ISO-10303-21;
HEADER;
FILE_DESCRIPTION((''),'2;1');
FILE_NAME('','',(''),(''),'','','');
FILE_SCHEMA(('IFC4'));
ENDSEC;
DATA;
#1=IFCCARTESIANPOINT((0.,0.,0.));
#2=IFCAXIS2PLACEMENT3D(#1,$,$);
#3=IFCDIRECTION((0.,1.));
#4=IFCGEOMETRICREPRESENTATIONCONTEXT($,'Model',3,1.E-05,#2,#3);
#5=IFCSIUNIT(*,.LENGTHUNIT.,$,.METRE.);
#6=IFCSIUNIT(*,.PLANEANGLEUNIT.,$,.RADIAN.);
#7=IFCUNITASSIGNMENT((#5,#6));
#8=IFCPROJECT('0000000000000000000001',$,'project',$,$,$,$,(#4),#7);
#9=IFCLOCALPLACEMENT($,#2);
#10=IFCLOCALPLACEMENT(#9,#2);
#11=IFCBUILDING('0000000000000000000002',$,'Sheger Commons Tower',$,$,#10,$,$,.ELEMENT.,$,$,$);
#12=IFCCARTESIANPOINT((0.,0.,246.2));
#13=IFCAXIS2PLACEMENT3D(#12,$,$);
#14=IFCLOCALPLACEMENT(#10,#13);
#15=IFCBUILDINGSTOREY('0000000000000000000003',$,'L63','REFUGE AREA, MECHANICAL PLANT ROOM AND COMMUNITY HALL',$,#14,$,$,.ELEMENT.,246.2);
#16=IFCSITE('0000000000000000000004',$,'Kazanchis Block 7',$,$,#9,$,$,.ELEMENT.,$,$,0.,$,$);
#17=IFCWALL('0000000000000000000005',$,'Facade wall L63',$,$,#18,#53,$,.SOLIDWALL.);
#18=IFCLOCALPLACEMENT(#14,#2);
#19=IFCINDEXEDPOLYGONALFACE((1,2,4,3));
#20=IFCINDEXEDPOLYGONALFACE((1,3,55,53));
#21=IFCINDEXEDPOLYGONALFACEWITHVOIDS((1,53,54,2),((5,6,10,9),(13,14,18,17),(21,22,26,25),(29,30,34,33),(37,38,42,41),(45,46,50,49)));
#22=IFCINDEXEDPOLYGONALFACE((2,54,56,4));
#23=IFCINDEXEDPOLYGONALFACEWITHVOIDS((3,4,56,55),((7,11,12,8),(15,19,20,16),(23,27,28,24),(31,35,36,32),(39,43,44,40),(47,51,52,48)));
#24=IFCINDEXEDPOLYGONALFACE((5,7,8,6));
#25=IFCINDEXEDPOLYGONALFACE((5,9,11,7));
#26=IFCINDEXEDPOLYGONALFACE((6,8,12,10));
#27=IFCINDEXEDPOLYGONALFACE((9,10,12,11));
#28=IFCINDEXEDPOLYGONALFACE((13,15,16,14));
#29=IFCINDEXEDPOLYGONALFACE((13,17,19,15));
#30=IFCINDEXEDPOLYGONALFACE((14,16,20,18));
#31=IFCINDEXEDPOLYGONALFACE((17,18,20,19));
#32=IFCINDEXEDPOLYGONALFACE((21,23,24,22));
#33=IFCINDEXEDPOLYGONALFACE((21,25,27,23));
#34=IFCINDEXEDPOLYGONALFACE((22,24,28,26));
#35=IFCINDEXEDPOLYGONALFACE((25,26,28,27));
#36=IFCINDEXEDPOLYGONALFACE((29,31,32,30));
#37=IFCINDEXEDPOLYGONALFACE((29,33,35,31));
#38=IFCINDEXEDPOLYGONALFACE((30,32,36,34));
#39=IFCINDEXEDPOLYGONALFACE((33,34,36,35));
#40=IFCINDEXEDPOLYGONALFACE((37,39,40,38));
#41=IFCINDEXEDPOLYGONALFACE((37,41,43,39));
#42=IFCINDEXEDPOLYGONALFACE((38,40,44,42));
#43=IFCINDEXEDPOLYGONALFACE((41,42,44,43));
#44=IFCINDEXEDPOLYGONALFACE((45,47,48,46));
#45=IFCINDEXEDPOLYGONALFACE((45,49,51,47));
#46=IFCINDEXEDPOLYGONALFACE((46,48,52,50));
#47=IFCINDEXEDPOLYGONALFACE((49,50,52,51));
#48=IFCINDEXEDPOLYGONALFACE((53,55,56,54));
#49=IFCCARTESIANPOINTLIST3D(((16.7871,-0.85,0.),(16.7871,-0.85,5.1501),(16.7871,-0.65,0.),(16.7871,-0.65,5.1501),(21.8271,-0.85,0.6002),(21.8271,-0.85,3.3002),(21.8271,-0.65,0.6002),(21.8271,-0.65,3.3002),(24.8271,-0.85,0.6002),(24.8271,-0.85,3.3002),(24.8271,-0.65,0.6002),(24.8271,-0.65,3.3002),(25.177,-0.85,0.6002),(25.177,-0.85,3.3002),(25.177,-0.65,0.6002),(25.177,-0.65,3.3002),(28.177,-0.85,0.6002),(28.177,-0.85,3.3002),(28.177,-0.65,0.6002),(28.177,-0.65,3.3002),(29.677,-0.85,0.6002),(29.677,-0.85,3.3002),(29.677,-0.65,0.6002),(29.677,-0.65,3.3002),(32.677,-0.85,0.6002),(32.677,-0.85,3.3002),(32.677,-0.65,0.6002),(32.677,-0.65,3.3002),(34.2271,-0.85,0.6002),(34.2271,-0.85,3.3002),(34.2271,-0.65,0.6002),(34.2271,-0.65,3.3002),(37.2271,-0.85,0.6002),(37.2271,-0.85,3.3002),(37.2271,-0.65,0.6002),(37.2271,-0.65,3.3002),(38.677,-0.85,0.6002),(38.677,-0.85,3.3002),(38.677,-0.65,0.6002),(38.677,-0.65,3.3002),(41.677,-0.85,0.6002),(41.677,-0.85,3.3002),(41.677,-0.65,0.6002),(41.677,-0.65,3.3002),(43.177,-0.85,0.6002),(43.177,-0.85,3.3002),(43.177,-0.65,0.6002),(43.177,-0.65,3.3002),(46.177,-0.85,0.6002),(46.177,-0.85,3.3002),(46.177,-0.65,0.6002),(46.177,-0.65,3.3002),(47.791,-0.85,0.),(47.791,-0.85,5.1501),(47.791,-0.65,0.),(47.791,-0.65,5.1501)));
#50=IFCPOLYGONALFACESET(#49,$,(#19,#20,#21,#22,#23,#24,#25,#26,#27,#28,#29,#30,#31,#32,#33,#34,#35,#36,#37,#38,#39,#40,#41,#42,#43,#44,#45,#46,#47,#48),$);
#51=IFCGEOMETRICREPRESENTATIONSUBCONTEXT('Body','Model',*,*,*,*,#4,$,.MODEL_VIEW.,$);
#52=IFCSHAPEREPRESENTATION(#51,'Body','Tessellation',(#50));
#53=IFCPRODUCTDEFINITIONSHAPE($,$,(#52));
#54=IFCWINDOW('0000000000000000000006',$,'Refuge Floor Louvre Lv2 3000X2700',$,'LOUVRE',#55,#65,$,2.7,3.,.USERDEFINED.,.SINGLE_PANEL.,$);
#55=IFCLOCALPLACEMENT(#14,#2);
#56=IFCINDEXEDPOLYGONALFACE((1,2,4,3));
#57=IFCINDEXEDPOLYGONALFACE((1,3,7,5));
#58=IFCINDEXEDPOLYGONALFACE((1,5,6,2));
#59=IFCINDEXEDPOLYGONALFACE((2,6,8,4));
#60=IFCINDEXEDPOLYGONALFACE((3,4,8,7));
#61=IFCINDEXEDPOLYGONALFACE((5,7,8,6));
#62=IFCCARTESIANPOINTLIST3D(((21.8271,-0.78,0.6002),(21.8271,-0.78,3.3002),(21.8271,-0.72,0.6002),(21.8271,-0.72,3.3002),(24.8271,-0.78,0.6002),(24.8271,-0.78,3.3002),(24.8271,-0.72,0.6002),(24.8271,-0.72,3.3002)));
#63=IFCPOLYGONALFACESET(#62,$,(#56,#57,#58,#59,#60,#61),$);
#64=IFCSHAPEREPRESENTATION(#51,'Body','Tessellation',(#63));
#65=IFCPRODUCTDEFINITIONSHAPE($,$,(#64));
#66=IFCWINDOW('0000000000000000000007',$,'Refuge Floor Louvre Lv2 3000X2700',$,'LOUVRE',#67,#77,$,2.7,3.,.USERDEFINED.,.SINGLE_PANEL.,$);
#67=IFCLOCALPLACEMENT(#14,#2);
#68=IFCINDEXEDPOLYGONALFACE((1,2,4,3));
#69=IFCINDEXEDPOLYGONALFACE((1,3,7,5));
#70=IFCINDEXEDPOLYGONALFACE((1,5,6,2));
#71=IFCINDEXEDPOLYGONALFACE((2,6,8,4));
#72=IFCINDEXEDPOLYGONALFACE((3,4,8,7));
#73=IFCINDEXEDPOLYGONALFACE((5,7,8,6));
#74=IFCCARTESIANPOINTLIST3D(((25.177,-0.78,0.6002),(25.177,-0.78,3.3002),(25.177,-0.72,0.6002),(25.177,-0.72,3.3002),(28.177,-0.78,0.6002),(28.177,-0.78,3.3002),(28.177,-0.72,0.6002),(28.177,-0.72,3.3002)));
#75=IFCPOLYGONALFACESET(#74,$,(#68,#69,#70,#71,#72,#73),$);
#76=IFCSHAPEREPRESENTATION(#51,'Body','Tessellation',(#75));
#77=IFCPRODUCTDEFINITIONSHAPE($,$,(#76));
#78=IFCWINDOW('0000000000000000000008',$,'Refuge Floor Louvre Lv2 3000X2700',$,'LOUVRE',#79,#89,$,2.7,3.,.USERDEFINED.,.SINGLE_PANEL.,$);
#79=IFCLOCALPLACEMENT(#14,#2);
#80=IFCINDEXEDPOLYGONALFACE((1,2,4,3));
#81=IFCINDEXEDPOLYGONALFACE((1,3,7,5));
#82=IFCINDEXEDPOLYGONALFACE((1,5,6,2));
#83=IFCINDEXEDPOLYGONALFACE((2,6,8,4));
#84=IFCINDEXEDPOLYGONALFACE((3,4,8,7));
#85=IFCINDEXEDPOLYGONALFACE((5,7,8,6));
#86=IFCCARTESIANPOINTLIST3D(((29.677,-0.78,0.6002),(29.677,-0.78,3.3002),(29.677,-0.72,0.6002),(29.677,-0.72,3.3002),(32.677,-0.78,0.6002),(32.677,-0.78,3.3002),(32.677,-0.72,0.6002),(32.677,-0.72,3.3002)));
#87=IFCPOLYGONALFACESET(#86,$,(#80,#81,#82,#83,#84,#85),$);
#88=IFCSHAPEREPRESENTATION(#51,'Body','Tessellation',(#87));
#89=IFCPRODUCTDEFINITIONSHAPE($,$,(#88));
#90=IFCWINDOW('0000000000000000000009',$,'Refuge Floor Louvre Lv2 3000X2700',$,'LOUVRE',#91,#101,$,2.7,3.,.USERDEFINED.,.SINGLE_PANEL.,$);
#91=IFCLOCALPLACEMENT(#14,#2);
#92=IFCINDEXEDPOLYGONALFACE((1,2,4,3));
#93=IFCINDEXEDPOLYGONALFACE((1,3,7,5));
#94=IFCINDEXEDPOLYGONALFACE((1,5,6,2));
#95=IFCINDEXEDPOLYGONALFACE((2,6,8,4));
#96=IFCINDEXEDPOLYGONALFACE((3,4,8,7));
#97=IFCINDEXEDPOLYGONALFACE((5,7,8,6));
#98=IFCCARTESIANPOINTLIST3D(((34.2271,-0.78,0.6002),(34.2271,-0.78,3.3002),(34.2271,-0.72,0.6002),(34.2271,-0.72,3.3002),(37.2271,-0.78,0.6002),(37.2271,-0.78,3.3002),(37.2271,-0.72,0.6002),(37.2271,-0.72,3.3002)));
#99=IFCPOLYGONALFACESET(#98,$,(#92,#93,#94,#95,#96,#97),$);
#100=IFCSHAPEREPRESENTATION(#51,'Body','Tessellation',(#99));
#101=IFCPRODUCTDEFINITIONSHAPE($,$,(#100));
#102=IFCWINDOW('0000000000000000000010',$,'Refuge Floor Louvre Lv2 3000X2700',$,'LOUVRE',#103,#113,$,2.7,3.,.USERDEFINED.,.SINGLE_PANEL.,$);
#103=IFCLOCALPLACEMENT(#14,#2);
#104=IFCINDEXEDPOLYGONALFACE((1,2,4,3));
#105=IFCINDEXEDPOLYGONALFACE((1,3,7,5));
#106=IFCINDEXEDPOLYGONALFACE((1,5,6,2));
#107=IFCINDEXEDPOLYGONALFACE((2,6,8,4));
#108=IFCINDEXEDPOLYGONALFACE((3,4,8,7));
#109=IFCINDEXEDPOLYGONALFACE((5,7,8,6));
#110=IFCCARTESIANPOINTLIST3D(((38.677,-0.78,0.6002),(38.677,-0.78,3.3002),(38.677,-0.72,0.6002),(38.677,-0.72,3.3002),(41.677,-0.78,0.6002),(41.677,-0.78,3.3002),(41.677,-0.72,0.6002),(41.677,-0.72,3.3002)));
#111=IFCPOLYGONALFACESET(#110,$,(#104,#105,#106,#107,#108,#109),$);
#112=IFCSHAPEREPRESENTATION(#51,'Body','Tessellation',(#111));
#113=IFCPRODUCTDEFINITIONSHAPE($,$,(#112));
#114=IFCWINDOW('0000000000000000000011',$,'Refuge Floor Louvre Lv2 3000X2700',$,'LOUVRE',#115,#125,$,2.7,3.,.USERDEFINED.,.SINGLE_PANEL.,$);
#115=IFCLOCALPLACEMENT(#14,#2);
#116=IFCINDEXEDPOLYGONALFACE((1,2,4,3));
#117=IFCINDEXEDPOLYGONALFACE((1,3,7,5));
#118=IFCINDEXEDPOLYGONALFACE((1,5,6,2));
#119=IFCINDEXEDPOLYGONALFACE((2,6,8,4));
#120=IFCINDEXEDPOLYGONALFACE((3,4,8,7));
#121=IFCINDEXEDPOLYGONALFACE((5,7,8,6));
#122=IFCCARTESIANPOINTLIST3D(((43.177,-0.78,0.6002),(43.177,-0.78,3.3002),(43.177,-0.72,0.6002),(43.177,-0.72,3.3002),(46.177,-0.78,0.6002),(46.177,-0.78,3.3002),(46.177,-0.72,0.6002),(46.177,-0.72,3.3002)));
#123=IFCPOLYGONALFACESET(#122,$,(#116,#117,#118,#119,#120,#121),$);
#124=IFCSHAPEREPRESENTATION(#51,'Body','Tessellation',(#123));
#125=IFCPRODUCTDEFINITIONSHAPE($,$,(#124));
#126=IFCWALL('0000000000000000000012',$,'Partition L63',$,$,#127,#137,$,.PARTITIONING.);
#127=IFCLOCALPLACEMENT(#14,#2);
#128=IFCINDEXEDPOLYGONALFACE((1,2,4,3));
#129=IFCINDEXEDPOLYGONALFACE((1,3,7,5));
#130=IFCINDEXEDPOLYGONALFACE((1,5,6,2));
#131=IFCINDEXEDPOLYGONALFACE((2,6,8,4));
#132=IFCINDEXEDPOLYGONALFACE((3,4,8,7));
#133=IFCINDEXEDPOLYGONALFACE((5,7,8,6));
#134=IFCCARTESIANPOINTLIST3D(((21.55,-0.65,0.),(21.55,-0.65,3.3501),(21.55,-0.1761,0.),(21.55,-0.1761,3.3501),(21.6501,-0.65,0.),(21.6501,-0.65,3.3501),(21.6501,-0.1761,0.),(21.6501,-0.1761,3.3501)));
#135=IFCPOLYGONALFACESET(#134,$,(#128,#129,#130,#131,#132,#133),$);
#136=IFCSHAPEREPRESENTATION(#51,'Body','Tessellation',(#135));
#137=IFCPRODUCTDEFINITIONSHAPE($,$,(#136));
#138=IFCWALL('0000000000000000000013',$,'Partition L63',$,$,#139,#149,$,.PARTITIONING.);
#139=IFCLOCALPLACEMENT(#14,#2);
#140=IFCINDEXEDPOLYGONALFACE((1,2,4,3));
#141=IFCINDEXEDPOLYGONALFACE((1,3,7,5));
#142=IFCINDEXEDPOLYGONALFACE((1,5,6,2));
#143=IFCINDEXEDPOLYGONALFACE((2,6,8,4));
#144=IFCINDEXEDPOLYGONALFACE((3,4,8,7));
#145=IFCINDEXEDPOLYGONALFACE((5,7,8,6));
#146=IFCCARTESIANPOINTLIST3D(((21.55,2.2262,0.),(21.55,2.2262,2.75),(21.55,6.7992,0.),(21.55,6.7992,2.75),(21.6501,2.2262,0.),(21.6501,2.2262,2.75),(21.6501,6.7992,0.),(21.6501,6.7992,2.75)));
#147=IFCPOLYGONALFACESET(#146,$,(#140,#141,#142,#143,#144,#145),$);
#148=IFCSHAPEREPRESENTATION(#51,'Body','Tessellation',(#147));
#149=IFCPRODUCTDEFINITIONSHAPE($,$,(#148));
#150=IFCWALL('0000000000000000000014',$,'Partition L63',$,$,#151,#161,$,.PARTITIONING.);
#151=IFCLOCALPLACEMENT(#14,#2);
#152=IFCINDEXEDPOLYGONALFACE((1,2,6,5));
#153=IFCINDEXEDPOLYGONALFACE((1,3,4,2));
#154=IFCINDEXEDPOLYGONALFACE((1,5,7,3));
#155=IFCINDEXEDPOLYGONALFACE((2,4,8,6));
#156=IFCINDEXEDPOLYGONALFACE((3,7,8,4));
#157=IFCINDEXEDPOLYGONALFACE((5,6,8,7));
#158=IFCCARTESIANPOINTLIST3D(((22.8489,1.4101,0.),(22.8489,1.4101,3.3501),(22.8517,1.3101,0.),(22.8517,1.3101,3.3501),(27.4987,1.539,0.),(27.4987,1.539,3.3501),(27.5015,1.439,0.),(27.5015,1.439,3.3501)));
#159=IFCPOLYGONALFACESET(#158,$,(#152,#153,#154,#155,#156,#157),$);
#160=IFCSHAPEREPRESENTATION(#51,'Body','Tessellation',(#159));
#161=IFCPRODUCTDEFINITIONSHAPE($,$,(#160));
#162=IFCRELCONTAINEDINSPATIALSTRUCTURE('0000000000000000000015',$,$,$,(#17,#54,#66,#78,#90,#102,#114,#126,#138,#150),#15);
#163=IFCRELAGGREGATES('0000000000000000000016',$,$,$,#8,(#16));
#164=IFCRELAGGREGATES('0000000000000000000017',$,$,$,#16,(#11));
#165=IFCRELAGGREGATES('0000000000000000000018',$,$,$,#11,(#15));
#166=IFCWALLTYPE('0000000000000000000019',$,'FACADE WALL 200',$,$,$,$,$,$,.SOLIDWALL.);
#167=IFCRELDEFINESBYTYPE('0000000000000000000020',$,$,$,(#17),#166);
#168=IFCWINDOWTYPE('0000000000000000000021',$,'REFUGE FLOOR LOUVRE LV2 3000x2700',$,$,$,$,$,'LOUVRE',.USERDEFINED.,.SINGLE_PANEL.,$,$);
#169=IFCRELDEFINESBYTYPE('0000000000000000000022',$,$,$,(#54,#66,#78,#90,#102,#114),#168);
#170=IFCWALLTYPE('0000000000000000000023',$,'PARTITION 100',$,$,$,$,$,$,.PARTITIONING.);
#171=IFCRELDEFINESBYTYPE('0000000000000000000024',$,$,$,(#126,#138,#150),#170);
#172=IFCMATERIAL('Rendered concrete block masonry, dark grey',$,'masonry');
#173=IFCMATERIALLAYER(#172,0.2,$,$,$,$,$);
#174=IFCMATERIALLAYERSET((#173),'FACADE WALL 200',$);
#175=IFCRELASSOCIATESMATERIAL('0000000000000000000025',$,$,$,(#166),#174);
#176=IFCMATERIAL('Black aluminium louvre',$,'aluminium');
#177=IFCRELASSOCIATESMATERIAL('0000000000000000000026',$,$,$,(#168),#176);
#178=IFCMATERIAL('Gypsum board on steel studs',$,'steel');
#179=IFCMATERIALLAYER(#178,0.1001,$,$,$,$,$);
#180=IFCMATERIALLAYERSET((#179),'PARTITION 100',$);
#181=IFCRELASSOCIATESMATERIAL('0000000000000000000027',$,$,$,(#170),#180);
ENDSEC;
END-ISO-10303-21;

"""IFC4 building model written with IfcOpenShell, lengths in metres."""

from ifc_helpers import new_model, si_unit, direction, frame, frame_2d, origin, place, context, subcontext, project, spatial, rectangle, extrude, material, layer, layer_set, type_object, element, fill, save


model = new_model("IFC4")

# Units and contexts
model_context = context("Model", 3, precision=1e-05, world=origin(), true_north=direction((0.0, 1.0)))
body_context = subcontext(model_context, "Body", "Model", "MODEL_VIEW")
ifc_project = project(units=[si_unit("LENGTHUNIT", "METRE"), si_unit("PLANEANGLEUNIT", "RADIAN")], contexts=[model_context])

# Site, building, storey
site_placement = place(None, origin())
site = spatial("IfcSite", under=ifc_project, at=site_placement, Name="Kazanchis Block 7", CompositionType="ELEMENT", RefElevation=0.0)
building_placement = place(site_placement, origin())
building = spatial("IfcBuilding", under=site, at=building_placement, Name="Sheger Commons Tower", CompositionType="ELEMENT")
storey_placement = place(building_placement, frame((0.0, 0.0, 246.2)))
storey = spatial("IfcBuildingStorey", under=building, at=storey_placement, Name="L63", Description="REFUGE AREA, MECHANICAL PLANT ROOM AND COMMUNITY HALL", CompositionType="ELEMENT", Elevation=246.2)

# Shared definitions
ifc_material_1 = material(Name="Rendered concrete block masonry, dark grey", Category="masonry")
ifc_layer_1 = layer(ifc_material_1, 0.2)
ifc_layer_set_1 = layer_set([ifc_layer_1], Name="FACADE WALL 200")
wall_type_1 = type_object("IfcWallType", Name="FACADE WALL 200", PredefinedType="SOLIDWALL", material=ifc_layer_set_1)

# Wall, openings, windows
wall_1_placement = place(storey_placement, frame((16.7871, -0.75, 0.0), z_axis=(0.0, 0.0, 1.0), x_axis=(1.0, 0.0, 0.0)))
wall_1 = element("IfcWall", 1, at=wall_1_placement, inside=storey, type_object=wall_type_1, Name="Facade wall L63", PredefinedType="SOLIDWALL", context=body_context, shape_type="SweptSolid", body=[
    extrude(rectangle(XDim=31.0039, YDim=0.2, at=frame_2d((15.502, 0.0))), origin(), (0.0, 0.0, 1.0), 5.1501),
])
opening_1_placement = place(wall_1_placement, frame((5.04, 0.0, 0.6001)))
opening_1 = element("IfcOpeningElement", 2, at=opening_1_placement, cuts=wall_1, PredefinedType="OPENING", context=body_context, shape_type="SweptSolid", body=[
    extrude(rectangle(XDim=3.0, YDim=2.7, at=frame_2d((1.5, 1.3501))), frame((0.0, 0.1099, 0.0), z_axis=(0.0, -1.0, 0.0), x_axis=(1.0, 0.0, 0.0)), (0.0, 0.0, 1.0), 0.22),
])
opening_2_placement = place(wall_1_placement, frame((8.3899, 0.0, 0.6001)))
opening_2 = element("IfcOpeningElement", 3, at=opening_2_placement, cuts=wall_1, PredefinedType="OPENING", context=body_context, shape_type="SweptSolid", body=[
    extrude(rectangle(XDim=3.0, YDim=2.7, at=frame_2d((1.5, 1.3501))), frame((0.0, 0.1099, 0.0), z_axis=(0.0, -1.0, 0.0), x_axis=(1.0, 0.0, 0.0)), (0.0, 0.0, 1.0), 0.22),
])
opening_3_placement = place(wall_1_placement, frame((12.8899, 0.0, 0.6001)))
opening_3 = element("IfcOpeningElement", 4, at=opening_3_placement, cuts=wall_1, PredefinedType="OPENING", context=body_context, shape_type="SweptSolid", body=[
    extrude(rectangle(XDim=3.0, YDim=2.7, at=frame_2d((1.5, 1.3501))), frame((0.0, 0.1099, 0.0), z_axis=(0.0, -1.0, 0.0), x_axis=(1.0, 0.0, 0.0)), (0.0, 0.0, 1.0), 0.22),
])
opening_4_placement = place(wall_1_placement, frame((17.4399, 0.0, 0.6001)))
opening_4 = element("IfcOpeningElement", 5, at=opening_4_placement, cuts=wall_1, PredefinedType="OPENING", context=body_context, shape_type="SweptSolid", body=[
    extrude(rectangle(XDim=3.0, YDim=2.7, at=frame_2d((1.5, 1.3501))), frame((0.0, 0.1099, 0.0), z_axis=(0.0, -1.0, 0.0), x_axis=(1.0, 0.0, 0.0)), (0.0, 0.0, 1.0), 0.22),
])
opening_5_placement = place(wall_1_placement, frame((21.8899, 0.0, 0.6001)))
opening_5 = element("IfcOpeningElement", 6, at=opening_5_placement, cuts=wall_1, PredefinedType="OPENING", context=body_context, shape_type="SweptSolid", body=[
    extrude(rectangle(XDim=3.0, YDim=2.7, at=frame_2d((1.5, 1.3501))), frame((0.0, 0.1099, 0.0), z_axis=(0.0, -1.0, 0.0), x_axis=(1.0, 0.0, 0.0)), (0.0, 0.0, 1.0), 0.22),
])
opening_6_placement = place(wall_1_placement, frame((26.3899, 0.0, 0.6001)))
opening_6 = element("IfcOpeningElement", 7, at=opening_6_placement, cuts=wall_1, PredefinedType="OPENING", context=body_context, shape_type="SweptSolid", body=[
    extrude(rectangle(XDim=3.0, YDim=2.7, at=frame_2d((1.5, 1.3501))), frame((0.0, 0.1099, 0.0), z_axis=(0.0, -1.0, 0.0), x_axis=(1.0, 0.0, 0.0)), (0.0, 0.0, 1.0), 0.22),
])
ifc_material_2 = material(Name="Black aluminium louvre", Category="aluminium")
window_type = type_object("IfcWindowType", Name="REFUGE FLOOR LOUVRE LV2 3000x2700", ElementType="LOUVRE", PartitioningType="SINGLE_PANEL", PredefinedType="USERDEFINED", material=ifc_material_2)
window_1_placement = place(opening_1_placement, origin())
window_1 = element("IfcWindow", 8, at=window_1_placement, inside=storey, type_object=window_type, Name="Refuge Floor Louvre Lv2 3000X2700", ObjectType="LOUVRE", OverallHeight=2.7, OverallWidth=3.0, PartitioningType="SINGLE_PANEL", PredefinedType="USERDEFINED", context=body_context, shape_type="SweptSolid", body=[
    extrude(rectangle(XDim=3.0, YDim=2.7, at=frame_2d((1.5, 1.3501))), frame((0.0, 0.03, 0.0), z_axis=(0.0, -1.0, 0.0), x_axis=(1.0, 0.0, 0.0)), (0.0, 0.0, 1.0), 0.0601),
])
fill(opening_1, window_1)
window_2_placement = place(opening_2_placement, origin())
window_2 = element("IfcWindow", 9, at=window_2_placement, inside=storey, type_object=window_type, Name="Refuge Floor Louvre Lv2 3000X2700", ObjectType="LOUVRE", OverallHeight=2.7, OverallWidth=3.0, PartitioningType="SINGLE_PANEL", PredefinedType="USERDEFINED", context=body_context, shape_type="SweptSolid", body=[
    extrude(rectangle(XDim=3.0, YDim=2.7, at=frame_2d((1.5, 1.3501))), frame((0.0, 0.03, 0.0), z_axis=(0.0, -1.0, 0.0), x_axis=(1.0, 0.0, 0.0)), (0.0, 0.0, 1.0), 0.0601),
])
fill(opening_2, window_2)
window_3_placement = place(opening_3_placement, origin())
window_3 = element("IfcWindow", 10, at=window_3_placement, inside=storey, type_object=window_type, Name="Refuge Floor Louvre Lv2 3000X2700", ObjectType="LOUVRE", OverallHeight=2.7, OverallWidth=3.0, PartitioningType="SINGLE_PANEL", PredefinedType="USERDEFINED", context=body_context, shape_type="SweptSolid", body=[
    extrude(rectangle(XDim=3.0, YDim=2.7, at=frame_2d((1.5, 1.3501))), frame((0.0, 0.03, 0.0), z_axis=(0.0, -1.0, 0.0), x_axis=(1.0, 0.0, 0.0)), (0.0, 0.0, 1.0), 0.0601),
])
fill(opening_3, window_3)
window_4_placement = place(opening_4_placement, origin())
window_4 = element("IfcWindow", 11, at=window_4_placement, inside=storey, type_object=window_type, Name="Refuge Floor Louvre Lv2 3000X2700", ObjectType="LOUVRE", OverallHeight=2.7, OverallWidth=3.0, PartitioningType="SINGLE_PANEL", PredefinedType="USERDEFINED", context=body_context, shape_type="SweptSolid", body=[
    extrude(rectangle(XDim=3.0, YDim=2.7, at=frame_2d((1.5, 1.3501))), frame((0.0, 0.03, 0.0), z_axis=(0.0, -1.0, 0.0), x_axis=(1.0, 0.0, 0.0)), (0.0, 0.0, 1.0), 0.0601),
])
fill(opening_4, window_4)
window_5_placement = place(opening_5_placement, origin())
window_5 = element("IfcWindow", 12, at=window_5_placement, inside=storey, type_object=window_type, Name="Refuge Floor Louvre Lv2 3000X2700", ObjectType="LOUVRE", OverallHeight=2.7, OverallWidth=3.0, PartitioningType="SINGLE_PANEL", PredefinedType="USERDEFINED", context=body_context, shape_type="SweptSolid", body=[
    extrude(rectangle(XDim=3.0, YDim=2.7, at=frame_2d((1.5, 1.3501))), frame((0.0, 0.03, 0.0), z_axis=(0.0, -1.0, 0.0), x_axis=(1.0, 0.0, 0.0)), (0.0, 0.0, 1.0), 0.0601),
])
fill(opening_5, window_5)
window_6_placement = place(opening_6_placement, origin())
window_6 = element("IfcWindow", 13, at=window_6_placement, inside=storey, type_object=window_type, Name="Refuge Floor Louvre Lv2 3000X2700", ObjectType="LOUVRE", OverallHeight=2.7, OverallWidth=3.0, PartitioningType="SINGLE_PANEL", PredefinedType="USERDEFINED", context=body_context, shape_type="SweptSolid", body=[
    extrude(rectangle(XDim=3.0, YDim=2.7, at=frame_2d((1.5, 1.3501))), frame((0.0, 0.03, 0.0), z_axis=(0.0, -1.0, 0.0), x_axis=(1.0, 0.0, 0.0)), (0.0, 0.0, 1.0), 0.0601),
])
fill(opening_6, window_6)

# Walls
ifc_material_3 = material(Name="Gypsum board on steel studs", Category="steel")
ifc_layer_2 = layer(ifc_material_3, 0.1001)
ifc_layer_set_2 = layer_set([ifc_layer_2], Name="PARTITION 100")
wall_type_2 = type_object("IfcWallType", Name="PARTITION 100", PredefinedType="PARTITIONING", material=ifc_layer_set_2)
wall_2_placement = place(storey_placement, frame((21.6001, -0.6499, 0.0), z_axis=(0.0, 0.0, 1.0), x_axis=(0.0, 1.0, 0.0)))
element("IfcWall", 14, at=wall_2_placement, inside=storey, type_object=wall_type_2, Name="Partition L63", PredefinedType="PARTITIONING", context=body_context, shape_type="SweptSolid", body=[
    extrude(rectangle(XDim=0.4739, YDim=0.1001, at=frame_2d((0.2368, 0.0))), origin(), (0.0, 0.0, 1.0), 3.3501),
])
wall_3_placement = place(storey_placement, frame((21.6001, 2.2261, 0.0), z_axis=(0.0, 0.0, 1.0), x_axis=(0.0, 1.0, 0.0)))
element("IfcWall", 15, at=wall_3_placement, inside=storey, type_object=wall_type_2, Name="Partition L63", PredefinedType="PARTITIONING", context=body_context, shape_type="SweptSolid", body=[
    extrude(rectangle(XDim=4.573, YDim=0.1001, at=frame_2d((2.2866, 0.0))), origin(), (0.0, 0.0, 1.0), 2.75),
])
wall_4_placement = place(storey_placement, frame((27.5, 1.489, 0.0), z_axis=(0.0, 0.0, 1.0), x_axis=(-0.999616, -0.027712, 0.0)))
element("IfcWall", 16, at=wall_4_placement, inside=storey, type_object=wall_type_2, Name="Partition L63", PredefinedType="PARTITIONING", context=body_context, shape_type="SweptSolid", body=[
    extrude(rectangle(XDim=4.6516, YDim=0.1001, at=frame_2d((2.3257, 0.0))), origin(), (0.0, 0.0, 1.0), 3.3501),
])

save(model, "model.ifc")
